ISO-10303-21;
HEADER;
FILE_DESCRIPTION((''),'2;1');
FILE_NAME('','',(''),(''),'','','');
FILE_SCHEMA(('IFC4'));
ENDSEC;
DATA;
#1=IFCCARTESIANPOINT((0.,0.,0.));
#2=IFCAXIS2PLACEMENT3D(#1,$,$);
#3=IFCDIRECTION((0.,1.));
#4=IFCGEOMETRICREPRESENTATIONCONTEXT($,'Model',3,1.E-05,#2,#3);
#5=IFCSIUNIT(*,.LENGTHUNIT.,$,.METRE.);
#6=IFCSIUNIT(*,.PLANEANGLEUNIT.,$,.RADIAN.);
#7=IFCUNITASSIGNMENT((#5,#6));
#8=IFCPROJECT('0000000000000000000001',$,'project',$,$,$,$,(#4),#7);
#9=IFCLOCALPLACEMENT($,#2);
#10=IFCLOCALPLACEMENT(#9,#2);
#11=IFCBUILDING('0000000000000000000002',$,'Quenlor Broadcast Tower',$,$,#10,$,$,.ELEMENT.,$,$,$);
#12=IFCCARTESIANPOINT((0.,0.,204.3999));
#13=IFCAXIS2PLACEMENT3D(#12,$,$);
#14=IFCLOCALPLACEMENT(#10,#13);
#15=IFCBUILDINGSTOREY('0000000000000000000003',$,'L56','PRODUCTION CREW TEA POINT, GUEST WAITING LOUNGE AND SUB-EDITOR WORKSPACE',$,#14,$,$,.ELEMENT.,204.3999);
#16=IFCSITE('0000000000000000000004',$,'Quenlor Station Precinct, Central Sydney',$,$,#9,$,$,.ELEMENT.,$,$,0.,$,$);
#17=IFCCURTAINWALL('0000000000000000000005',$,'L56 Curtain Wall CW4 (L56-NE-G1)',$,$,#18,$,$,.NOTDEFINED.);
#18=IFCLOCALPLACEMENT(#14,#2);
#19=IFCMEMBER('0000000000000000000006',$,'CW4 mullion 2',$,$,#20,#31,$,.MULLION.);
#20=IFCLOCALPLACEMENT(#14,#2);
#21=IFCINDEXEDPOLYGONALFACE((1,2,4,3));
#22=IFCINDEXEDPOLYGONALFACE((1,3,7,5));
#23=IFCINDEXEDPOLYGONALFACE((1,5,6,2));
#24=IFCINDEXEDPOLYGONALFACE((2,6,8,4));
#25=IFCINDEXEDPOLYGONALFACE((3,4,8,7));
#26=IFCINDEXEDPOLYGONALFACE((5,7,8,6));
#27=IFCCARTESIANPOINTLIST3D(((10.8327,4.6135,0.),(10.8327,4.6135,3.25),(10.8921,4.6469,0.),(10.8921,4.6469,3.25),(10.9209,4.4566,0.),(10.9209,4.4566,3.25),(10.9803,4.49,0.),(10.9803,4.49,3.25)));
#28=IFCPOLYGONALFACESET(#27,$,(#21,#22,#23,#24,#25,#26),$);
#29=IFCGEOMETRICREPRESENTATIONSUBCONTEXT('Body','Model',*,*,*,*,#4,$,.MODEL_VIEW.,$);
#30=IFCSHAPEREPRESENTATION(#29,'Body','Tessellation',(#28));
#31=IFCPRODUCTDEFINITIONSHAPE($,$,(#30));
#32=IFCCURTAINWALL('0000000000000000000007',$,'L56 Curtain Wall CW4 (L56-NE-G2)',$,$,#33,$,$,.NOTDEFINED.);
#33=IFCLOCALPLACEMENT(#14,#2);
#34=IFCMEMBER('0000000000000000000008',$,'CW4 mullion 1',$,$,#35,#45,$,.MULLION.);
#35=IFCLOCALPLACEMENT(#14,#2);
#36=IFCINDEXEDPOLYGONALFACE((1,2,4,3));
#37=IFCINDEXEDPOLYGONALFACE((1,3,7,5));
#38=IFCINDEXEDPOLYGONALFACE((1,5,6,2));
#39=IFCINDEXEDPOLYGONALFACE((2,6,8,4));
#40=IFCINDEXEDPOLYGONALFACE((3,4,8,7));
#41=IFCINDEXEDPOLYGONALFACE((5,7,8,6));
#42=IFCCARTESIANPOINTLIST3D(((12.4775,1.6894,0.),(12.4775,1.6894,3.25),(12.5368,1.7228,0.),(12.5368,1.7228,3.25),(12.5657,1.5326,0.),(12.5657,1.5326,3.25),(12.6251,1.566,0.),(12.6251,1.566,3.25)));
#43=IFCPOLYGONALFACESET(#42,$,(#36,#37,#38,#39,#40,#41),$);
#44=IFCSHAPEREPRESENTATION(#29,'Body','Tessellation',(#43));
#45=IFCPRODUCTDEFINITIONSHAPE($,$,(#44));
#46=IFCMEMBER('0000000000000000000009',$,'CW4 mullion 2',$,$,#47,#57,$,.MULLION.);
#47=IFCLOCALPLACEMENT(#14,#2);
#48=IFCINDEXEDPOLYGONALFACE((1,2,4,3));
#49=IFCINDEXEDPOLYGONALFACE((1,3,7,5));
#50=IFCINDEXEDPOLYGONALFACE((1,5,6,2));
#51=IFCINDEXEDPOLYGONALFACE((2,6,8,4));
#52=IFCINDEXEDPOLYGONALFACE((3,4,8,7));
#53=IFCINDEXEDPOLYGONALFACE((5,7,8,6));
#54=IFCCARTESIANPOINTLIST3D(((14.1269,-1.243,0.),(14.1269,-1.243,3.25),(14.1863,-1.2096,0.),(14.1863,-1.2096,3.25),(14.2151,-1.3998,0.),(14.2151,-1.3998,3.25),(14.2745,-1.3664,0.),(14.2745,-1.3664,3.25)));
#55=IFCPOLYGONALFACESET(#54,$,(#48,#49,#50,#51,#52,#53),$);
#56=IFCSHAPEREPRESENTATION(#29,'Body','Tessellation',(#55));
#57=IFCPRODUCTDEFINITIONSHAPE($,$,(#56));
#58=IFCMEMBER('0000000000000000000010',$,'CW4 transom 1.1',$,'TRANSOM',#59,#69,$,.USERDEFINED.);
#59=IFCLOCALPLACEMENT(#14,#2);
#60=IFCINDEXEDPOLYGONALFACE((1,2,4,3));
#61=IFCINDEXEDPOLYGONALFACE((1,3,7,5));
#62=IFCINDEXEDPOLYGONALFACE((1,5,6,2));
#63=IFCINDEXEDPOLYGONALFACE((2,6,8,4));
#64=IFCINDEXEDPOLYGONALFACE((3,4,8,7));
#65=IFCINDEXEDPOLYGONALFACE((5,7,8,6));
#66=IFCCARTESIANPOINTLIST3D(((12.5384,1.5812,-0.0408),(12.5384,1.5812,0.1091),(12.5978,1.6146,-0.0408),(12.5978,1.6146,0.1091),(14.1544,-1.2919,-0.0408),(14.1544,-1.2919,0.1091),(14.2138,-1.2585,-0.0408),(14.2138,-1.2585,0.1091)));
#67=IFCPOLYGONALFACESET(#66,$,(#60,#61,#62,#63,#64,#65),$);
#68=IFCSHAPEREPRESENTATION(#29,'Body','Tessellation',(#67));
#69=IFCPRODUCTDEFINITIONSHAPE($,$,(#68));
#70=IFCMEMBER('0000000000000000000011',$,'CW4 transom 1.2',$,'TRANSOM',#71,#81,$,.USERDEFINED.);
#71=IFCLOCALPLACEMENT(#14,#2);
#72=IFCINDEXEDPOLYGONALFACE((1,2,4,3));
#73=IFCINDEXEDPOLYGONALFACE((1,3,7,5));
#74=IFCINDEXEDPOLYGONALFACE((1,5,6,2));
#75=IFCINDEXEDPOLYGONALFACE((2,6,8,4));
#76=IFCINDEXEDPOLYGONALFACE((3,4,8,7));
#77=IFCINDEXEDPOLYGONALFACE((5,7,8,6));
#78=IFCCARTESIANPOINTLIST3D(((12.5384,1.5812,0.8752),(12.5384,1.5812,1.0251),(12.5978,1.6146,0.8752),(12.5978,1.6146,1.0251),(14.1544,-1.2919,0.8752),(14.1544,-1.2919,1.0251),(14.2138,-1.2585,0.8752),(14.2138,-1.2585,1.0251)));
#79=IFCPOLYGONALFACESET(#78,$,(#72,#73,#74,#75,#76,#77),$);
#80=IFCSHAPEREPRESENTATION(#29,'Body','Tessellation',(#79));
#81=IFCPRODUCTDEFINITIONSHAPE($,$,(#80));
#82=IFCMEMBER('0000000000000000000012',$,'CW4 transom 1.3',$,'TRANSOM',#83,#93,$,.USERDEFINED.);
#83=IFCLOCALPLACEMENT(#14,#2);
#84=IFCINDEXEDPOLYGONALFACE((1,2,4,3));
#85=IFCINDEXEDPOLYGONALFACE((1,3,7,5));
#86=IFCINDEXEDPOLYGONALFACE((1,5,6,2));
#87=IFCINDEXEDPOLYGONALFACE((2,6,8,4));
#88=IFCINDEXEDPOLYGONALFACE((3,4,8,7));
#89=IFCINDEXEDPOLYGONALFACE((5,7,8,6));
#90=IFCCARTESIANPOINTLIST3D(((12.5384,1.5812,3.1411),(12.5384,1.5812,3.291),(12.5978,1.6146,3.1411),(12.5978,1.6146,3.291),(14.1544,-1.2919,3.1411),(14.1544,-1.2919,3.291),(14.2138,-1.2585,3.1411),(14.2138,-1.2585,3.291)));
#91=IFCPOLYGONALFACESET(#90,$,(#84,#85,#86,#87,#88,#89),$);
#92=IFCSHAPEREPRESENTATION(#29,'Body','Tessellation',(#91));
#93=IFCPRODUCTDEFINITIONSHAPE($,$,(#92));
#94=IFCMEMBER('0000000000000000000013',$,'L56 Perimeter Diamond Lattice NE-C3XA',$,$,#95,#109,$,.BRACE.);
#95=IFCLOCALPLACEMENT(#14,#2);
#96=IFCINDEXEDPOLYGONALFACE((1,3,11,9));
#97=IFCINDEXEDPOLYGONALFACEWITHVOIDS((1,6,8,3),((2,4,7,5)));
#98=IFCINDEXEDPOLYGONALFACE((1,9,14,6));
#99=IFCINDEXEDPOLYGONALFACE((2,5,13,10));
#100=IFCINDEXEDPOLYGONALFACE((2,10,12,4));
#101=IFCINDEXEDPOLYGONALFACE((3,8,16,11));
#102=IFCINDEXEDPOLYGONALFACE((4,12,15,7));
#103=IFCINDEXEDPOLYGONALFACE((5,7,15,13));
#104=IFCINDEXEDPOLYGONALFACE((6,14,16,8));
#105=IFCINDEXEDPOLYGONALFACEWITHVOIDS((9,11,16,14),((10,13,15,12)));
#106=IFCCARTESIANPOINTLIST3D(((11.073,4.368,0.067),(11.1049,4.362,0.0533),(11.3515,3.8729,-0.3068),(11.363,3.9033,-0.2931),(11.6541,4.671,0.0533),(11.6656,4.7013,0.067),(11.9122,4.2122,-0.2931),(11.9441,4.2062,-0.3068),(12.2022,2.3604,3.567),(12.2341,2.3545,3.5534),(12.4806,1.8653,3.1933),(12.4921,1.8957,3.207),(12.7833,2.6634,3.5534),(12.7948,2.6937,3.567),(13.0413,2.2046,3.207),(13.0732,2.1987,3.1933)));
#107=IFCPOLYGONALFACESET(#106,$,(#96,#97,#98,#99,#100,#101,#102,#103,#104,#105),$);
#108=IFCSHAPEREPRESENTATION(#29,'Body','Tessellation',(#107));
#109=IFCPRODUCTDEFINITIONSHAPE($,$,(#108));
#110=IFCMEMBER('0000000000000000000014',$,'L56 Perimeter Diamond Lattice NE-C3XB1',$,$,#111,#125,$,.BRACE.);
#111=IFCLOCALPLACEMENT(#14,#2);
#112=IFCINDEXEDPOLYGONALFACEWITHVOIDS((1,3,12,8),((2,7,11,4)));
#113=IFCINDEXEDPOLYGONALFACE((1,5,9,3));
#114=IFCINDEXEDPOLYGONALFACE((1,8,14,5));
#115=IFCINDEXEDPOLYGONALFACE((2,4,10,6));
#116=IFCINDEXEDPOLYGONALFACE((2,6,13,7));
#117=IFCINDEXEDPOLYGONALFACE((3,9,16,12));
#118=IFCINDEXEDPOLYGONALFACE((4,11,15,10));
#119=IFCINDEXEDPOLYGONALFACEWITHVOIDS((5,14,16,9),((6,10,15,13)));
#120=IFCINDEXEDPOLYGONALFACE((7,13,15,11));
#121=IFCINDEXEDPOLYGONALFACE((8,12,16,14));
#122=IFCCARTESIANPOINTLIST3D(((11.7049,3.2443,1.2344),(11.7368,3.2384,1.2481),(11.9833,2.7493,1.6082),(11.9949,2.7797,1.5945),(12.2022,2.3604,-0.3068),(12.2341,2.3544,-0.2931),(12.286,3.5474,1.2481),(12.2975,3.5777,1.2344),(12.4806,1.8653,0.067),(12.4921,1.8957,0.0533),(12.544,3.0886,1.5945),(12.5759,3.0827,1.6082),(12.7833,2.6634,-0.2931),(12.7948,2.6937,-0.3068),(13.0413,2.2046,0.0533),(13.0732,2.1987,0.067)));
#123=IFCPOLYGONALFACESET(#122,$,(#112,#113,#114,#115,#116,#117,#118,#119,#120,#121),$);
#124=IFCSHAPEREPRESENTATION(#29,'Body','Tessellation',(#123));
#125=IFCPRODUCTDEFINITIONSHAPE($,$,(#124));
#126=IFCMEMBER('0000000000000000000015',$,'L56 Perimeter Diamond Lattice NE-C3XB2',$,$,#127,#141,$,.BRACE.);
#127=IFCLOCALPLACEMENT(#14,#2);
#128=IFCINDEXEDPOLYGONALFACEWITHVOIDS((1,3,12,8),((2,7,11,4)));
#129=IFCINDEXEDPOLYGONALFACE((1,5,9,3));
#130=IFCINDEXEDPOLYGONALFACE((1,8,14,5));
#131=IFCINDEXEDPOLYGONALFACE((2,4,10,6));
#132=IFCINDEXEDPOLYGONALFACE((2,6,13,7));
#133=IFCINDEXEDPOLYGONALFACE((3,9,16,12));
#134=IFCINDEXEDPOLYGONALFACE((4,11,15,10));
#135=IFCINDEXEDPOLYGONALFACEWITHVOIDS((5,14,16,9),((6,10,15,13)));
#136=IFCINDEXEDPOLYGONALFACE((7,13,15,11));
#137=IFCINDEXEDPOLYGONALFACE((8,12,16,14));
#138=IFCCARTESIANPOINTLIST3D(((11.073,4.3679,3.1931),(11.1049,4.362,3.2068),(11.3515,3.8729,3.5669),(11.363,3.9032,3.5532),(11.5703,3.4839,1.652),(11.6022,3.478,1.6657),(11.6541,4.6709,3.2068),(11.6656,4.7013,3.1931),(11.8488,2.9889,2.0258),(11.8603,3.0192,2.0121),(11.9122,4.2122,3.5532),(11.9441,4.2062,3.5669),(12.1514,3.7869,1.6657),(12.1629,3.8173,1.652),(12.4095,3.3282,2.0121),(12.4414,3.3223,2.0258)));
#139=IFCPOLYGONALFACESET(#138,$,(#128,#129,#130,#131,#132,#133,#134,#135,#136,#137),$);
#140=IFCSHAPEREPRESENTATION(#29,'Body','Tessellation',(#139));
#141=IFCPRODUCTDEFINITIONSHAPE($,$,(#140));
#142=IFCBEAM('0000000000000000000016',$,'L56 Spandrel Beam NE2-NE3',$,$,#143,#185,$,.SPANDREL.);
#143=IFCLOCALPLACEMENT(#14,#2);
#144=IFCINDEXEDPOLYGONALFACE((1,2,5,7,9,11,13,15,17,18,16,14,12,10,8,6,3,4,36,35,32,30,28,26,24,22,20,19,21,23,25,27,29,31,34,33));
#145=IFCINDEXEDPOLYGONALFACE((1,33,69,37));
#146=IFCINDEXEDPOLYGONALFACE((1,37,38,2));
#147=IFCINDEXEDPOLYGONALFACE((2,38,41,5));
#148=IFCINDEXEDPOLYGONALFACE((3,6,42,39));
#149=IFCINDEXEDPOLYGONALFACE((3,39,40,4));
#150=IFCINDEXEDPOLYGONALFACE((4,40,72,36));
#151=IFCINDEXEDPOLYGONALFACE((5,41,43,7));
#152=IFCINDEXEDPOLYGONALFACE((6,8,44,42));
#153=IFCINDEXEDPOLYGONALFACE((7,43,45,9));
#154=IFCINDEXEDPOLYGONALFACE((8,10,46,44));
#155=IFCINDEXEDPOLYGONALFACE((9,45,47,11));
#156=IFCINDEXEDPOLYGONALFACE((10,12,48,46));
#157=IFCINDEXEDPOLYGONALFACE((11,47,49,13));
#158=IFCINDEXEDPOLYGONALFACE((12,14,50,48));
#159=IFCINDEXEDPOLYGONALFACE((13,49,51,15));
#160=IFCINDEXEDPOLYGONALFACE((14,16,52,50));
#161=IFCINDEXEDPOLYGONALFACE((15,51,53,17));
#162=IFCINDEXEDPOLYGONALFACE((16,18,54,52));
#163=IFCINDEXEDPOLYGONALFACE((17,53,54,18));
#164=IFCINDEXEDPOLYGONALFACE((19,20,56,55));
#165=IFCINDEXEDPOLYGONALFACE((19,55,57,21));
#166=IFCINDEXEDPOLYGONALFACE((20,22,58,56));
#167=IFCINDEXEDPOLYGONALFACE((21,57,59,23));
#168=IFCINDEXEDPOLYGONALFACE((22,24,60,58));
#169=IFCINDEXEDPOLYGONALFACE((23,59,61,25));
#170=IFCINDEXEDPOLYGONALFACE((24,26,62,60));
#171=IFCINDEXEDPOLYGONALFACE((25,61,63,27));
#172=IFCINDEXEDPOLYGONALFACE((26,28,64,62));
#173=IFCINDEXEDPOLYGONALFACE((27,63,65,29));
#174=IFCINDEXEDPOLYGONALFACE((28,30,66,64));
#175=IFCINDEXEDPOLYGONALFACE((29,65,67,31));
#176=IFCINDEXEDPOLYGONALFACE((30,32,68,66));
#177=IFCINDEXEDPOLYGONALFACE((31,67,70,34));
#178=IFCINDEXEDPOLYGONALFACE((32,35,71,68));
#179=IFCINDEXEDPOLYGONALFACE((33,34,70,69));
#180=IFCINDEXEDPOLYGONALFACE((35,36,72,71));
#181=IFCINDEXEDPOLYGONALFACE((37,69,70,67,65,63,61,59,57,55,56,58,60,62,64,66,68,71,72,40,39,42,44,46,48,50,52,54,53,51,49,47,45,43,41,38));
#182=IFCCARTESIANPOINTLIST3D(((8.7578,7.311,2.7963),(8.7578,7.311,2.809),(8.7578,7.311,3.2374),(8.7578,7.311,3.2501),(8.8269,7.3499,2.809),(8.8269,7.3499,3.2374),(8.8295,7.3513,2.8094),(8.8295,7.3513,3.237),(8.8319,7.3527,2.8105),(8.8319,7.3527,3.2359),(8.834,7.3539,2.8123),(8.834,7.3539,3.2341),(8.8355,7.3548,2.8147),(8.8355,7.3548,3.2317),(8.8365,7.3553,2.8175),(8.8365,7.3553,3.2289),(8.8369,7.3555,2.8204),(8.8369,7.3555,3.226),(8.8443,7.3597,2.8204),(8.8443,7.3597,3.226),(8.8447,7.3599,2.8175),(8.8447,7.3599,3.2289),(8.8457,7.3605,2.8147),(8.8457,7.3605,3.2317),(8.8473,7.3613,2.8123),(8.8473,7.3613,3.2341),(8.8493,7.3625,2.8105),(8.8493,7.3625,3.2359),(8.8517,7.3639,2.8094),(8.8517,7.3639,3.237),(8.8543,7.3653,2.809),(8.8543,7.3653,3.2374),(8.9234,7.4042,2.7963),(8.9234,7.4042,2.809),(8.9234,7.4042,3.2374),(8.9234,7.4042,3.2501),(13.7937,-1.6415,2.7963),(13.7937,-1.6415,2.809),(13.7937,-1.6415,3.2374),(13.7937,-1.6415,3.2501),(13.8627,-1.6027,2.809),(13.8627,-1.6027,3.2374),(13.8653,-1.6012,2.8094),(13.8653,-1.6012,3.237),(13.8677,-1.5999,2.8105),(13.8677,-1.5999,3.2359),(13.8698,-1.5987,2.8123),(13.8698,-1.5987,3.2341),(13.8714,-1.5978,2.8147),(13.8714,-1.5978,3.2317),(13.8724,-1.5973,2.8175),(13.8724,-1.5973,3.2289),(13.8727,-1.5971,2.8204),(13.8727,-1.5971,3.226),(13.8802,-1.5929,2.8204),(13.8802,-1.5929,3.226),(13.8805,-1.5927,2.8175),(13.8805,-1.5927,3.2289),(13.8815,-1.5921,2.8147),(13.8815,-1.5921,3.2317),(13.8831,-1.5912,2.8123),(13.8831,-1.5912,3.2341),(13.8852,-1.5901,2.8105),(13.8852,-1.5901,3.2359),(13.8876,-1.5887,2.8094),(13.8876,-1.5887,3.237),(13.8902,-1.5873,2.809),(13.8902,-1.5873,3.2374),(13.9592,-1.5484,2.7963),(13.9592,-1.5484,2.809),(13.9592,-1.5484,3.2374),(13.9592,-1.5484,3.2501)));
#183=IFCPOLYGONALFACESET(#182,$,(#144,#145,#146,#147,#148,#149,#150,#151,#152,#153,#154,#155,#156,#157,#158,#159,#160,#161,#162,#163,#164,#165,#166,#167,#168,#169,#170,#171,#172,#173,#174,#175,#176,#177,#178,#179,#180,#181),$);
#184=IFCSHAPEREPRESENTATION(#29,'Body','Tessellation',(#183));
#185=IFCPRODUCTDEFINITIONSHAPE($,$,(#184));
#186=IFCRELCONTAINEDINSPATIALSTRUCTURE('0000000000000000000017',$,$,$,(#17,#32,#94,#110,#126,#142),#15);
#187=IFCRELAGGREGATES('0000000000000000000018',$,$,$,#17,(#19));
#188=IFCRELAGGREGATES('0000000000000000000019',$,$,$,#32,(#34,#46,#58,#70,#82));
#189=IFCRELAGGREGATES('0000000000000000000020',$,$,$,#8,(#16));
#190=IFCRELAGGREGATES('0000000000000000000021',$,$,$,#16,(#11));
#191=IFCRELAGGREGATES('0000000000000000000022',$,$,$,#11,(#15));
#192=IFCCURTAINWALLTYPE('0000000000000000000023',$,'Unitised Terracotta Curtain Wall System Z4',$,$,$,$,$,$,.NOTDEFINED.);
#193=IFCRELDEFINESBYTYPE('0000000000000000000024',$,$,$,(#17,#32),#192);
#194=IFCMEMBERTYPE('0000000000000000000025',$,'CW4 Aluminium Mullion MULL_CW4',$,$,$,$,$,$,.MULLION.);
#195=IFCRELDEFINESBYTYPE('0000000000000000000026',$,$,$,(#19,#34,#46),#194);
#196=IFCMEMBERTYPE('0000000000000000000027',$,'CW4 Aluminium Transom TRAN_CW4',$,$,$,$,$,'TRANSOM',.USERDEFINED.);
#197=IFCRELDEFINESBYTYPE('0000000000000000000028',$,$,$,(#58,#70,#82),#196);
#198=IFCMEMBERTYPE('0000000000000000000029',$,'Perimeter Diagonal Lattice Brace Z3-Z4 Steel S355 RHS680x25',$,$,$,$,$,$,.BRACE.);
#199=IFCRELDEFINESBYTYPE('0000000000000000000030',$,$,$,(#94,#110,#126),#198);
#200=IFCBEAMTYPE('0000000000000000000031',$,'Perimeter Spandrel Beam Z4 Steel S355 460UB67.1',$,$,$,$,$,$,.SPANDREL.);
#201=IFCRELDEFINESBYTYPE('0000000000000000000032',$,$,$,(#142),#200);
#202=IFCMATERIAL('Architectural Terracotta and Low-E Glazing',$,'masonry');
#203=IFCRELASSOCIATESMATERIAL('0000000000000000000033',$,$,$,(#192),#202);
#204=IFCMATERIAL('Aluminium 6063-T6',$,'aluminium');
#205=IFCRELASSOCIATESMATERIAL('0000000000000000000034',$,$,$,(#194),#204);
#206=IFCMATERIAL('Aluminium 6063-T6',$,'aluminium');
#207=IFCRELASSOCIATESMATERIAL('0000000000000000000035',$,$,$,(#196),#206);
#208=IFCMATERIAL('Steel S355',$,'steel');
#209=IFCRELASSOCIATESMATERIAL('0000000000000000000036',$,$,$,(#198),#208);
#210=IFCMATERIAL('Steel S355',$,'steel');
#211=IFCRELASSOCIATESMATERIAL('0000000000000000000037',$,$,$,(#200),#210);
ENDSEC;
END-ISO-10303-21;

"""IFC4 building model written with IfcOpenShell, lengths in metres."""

from ifc_helpers import new_model, si_unit, direction, frame, origin, origin_2d, place, context, subcontext, project, spatial, rectangle, hollow_rectangle, i_section, extrude, material, material_profile, profile_set, type_object, element, aggregate, save


model = new_model("IFC4")

# Units and contexts
model_context = context("Model", 3, precision=1e-05, world=origin(), true_north=direction((0.0, 1.0)))
body_context = subcontext(model_context, "Body", "Model", "MODEL_VIEW")
ifc_project = project(units=[si_unit("LENGTHUNIT", "METRE"), si_unit("PLANEANGLEUNIT", "RADIAN")], contexts=[model_context])

# Site, building, storey
site_placement = place(None, origin())
site = spatial("IfcSite", under=ifc_project, at=site_placement, Name="Quenlor Station Precinct, Central Sydney", CompositionType="ELEMENT", RefElevation=0.0)
building_placement = place(site_placement, origin())
building = spatial("IfcBuilding", under=site, at=building_placement, Name="Quenlor Broadcast Tower", CompositionType="ELEMENT")
storey_placement = place(building_placement, frame((0.0, 0.0, 204.3999)))
storey = spatial("IfcBuildingStorey", under=building, at=storey_placement, Name="L56", Description="PRODUCTION CREW TEA POINT, GUEST WAITING LOUNGE AND SUB-EDITOR WORKSPACE", CompositionType="ELEMENT", Elevation=204.3999)

# Curtain wall, member
ifc_material_1 = material(Name="Architectural Terracotta and Low-E Glazing", Category="masonry")
curtain_wall_type = type_object("IfcCurtainWallType", Name="Unitised Terracotta Curtain Wall System Z4", PredefinedType="NOTDEFINED", material=ifc_material_1)
curtain_wall_1_placement = place(storey_placement, origin())
curtain_wall_1 = element("IfcCurtainWall", 1, at=curtain_wall_1_placement, inside=storey, type_object=curtain_wall_type, Name="L56 Curtain Wall CW4 (L56-NE-G1)", PredefinedType="NOTDEFINED")
ifc_material_2 = material(Name="Aluminium 6063-T6", Category="aluminium")
ifc_material_profile_1 = material_profile(ifc_material_2, rectangle(XDim=0.0681, YDim=0.1799, at=origin_2d()))
ifc_profile_set_1 = profile_set([ifc_material_profile_1], Name="Aluminium 6063-T6 MULL68x180")
member_type_1 = type_object("IfcMemberType", Name="CW4 Aluminium Mullion MULL_CW4", PredefinedType="MULLION", material=ifc_profile_set_1)
member_1_placement = place(storey_placement, frame((10.9065, 4.5518, 0.0), z_axis=(0.0, 0.0, 1.0), x_axis=(0.871578, 0.490257, 0.0)))
member_1 = element("IfcMember", 2, at=member_1_placement, type_object=member_type_1, Name="CW4 mullion 2", PredefinedType="MULLION", context=body_context, shape_type="SweptSolid", body=[
    extrude(rectangle(XDim=0.0681, YDim=0.1799, at=origin_2d()), origin(), (0.0, 0.0, 1.0), 3.25),
])

# Curtain wall, members
curtain_wall_2_placement = place(storey_placement, origin())
curtain_wall_2 = element("IfcCurtainWall", 3, at=curtain_wall_2_placement, inside=storey, type_object=curtain_wall_type, Name="L56 Curtain Wall CW4 (L56-NE-G2)", PredefinedType="NOTDEFINED")
member_2_placement = place(storey_placement, frame((12.5513, 1.6277, 0.0), z_axis=(0.0, 0.0, 1.0), x_axis=(0.871578, 0.490257, 0.0)))
member_2 = element("IfcMember", 4, at=member_2_placement, type_object=member_type_1, Name="CW4 mullion 1", PredefinedType="MULLION", context=body_context, shape_type="SweptSolid", body=[
    extrude(rectangle(XDim=0.0681, YDim=0.1799, at=origin_2d()), origin(), (0.0, 0.0, 1.0), 3.25),
])
member_3_placement = place(storey_placement, frame((14.2007, -1.3047, 0.0), z_axis=(0.0, 0.0, 1.0), x_axis=(0.871578, 0.490257, 0.0)))
member_3 = element("IfcMember", 5, at=member_3_placement, type_object=member_type_1, Name="CW4 mullion 2", PredefinedType="MULLION", context=body_context, shape_type="SweptSolid", body=[
    extrude(rectangle(XDim=0.0681, YDim=0.1799, at=origin_2d()), origin(), (0.0, 0.0, 1.0), 3.25),
])
ifc_material_3 = material(Name="Aluminium 6063-T6", Category="aluminium")
ifc_material_profile_2 = material_profile(ifc_material_3, rectangle(XDim=0.0681, YDim=0.1499, at=origin_2d()))
ifc_profile_set_2 = profile_set([ifc_material_profile_2], Name="Aluminium 6063-T6 TRAN68x150")
member_type_2 = type_object("IfcMemberType", Name="CW4 Aluminium Transom TRAN_CW4", ElementType="TRANSOM", PredefinedType="USERDEFINED", material=ifc_profile_set_2)
member_4_placement = place(storey_placement, frame((12.5681, 1.5979, 0.0342), z_axis=(0.490233, -0.871591, 0.0), x_axis=(0.871591, 0.490233, 0.0)))
member_4 = element("IfcMember", 6, at=member_4_placement, type_object=member_type_2, Name="CW4 transom 1.1", ObjectType="TRANSOM", PredefinedType="USERDEFINED", context=body_context, shape_type="SweptSolid", body=[
    extrude(rectangle(XDim=0.0681, YDim=0.1499, at=origin_2d()), origin(), (0.0, 0.0, 1.0), 3.2964),
])
member_5_placement = place(storey_placement, frame((12.5681, 1.5979, 0.9502), z_axis=(0.490233, -0.871591, 0.0), x_axis=(0.871591, 0.490233, 0.0)))
member_5 = element("IfcMember", 7, at=member_5_placement, type_object=member_type_2, Name="CW4 transom 1.2", ObjectType="TRANSOM", PredefinedType="USERDEFINED", context=body_context, shape_type="SweptSolid", body=[
    extrude(rectangle(XDim=0.0681, YDim=0.1499, at=origin_2d()), origin(), (0.0, 0.0, 1.0), 3.2964),
])
member_6_placement = place(storey_placement, frame((12.5681, 1.5979, 3.2161), z_axis=(0.490233, -0.871591, 0.0), x_axis=(0.871591, 0.490233, 0.0)))
member_6 = element("IfcMember", 8, at=member_6_placement, type_object=member_type_2, Name="CW4 transom 1.3", ObjectType="TRANSOM", PredefinedType="USERDEFINED", context=body_context, shape_type="SweptSolid", body=[
    extrude(rectangle(XDim=0.0681, YDim=0.1499, at=origin_2d()), origin(), (0.0, 0.0, 1.0), 3.2964),
])

# Members
ifc_material_4 = material(Name="Steel S355", Category="steel")
ifc_material_profile_3 = material_profile(ifc_material_4, hollow_rectangle(XDim=0.6799, YDim=0.6799, WallThickness=0.0249, at=origin_2d()))
ifc_profile_set_3 = profile_set([ifc_material_profile_3], Name="Steel S355 RHS680x680x25")
member_type_3 = type_object("IfcMemberType", Name="Perimeter Diagonal Lattice Brace Z3-Z4 Steel S355 RHS680x25", PredefinedType="BRACE", material=ifc_profile_set_3)
member_7_placement = place(storey_placement, frame((11.5085, 4.2871, -0.1199), z_axis=(0.269493, -0.479144, 0.835341), x_axis=(0.871595, 0.490226, 0.0)))
element("IfcMember", 9, at=member_7_placement, inside=storey, type_object=member_type_3, Name="L56 Perimeter Diamond Lattice NE-C3XA", PredefinedType="BRACE", context=body_context, shape_type="SweptSolid", body=[
    extrude(hollow_rectangle(XDim=0.6799, YDim=0.6799, WallThickness=0.0249, at=origin_2d()), origin(), (0.0, 0.0, 1.0), 4.1899),
])
for number, where, z_axis, x_axis, name in (
    (10, (12.6377, 2.2795, -0.1199), (-0.269536, 0.47913, 0.835335), (-0.871556, -0.490296, 0.0), "L56 Perimeter Diamond Lattice NE-C3XB1"),
    (11, (12.0059, 3.4031, 1.8389), (-0.269536, 0.47913, 0.835335), (-0.871556, -0.490296, 0.0), "L56 Perimeter Diamond Lattice NE-C3XB2"),
):
    element("IfcMember", number, at=place(storey_placement, frame(where, z_axis=z_axis, x_axis=x_axis)), inside=storey, type_object=member_type_3, Name=name, PredefinedType="BRACE", context=body_context, shape_type="SweptSolid", body=[
        extrude(hollow_rectangle(XDim=0.6799, YDim=0.6799, WallThickness=0.0249, at=origin_2d()), origin(), (0.0, 0.0, 1.0), 1.845),
    ])

# Beam
ifc_material_5 = material(Name="Steel S355", Category="steel")
ifc_material_profile_4 = material_profile(ifc_material_5, i_section(OverallWidth=0.1899, OverallDepth=0.4539, WebThickness=0.0085, FlangeThickness=0.0127, FilletRadius=0.0115, at=origin_2d()))
ifc_profile_set_4 = profile_set([ifc_material_profile_4], Name="Steel S355 460UB67.1")
beam_type = type_object("IfcBeamType", Name="Perimeter Spandrel Beam Z4 Steel S355 460UB67.1", PredefinedType="SPANDREL", material=ifc_profile_set_4)
beam_placement = place(storey_placement, frame((13.8765, -1.595, 3.0232), z_axis=(-0.490263, 0.871574, 0.0), x_axis=(-0.871574, -0.490263, 0.0)))
element("IfcBeam", 12, at=beam_placement, inside=storey, type_object=beam_type, Name="L56 Spandrel Beam NE2-NE3", PredefinedType="SPANDREL", context=body_context, shape_type="SweptSolid", body=[
    extrude(i_section(OverallWidth=0.1899, OverallDepth=0.4539, WebThickness=0.0085, FlangeThickness=0.0127, FilletRadius=0.0115, at=origin_2d()), origin(), (0.0, 0.0, 1.0), 10.2717),
])

aggregate(curtain_wall_1, [member_1])
aggregate(curtain_wall_2, [member_2, member_3, member_4, member_5, member_6])

save(model, "model.ifc")
